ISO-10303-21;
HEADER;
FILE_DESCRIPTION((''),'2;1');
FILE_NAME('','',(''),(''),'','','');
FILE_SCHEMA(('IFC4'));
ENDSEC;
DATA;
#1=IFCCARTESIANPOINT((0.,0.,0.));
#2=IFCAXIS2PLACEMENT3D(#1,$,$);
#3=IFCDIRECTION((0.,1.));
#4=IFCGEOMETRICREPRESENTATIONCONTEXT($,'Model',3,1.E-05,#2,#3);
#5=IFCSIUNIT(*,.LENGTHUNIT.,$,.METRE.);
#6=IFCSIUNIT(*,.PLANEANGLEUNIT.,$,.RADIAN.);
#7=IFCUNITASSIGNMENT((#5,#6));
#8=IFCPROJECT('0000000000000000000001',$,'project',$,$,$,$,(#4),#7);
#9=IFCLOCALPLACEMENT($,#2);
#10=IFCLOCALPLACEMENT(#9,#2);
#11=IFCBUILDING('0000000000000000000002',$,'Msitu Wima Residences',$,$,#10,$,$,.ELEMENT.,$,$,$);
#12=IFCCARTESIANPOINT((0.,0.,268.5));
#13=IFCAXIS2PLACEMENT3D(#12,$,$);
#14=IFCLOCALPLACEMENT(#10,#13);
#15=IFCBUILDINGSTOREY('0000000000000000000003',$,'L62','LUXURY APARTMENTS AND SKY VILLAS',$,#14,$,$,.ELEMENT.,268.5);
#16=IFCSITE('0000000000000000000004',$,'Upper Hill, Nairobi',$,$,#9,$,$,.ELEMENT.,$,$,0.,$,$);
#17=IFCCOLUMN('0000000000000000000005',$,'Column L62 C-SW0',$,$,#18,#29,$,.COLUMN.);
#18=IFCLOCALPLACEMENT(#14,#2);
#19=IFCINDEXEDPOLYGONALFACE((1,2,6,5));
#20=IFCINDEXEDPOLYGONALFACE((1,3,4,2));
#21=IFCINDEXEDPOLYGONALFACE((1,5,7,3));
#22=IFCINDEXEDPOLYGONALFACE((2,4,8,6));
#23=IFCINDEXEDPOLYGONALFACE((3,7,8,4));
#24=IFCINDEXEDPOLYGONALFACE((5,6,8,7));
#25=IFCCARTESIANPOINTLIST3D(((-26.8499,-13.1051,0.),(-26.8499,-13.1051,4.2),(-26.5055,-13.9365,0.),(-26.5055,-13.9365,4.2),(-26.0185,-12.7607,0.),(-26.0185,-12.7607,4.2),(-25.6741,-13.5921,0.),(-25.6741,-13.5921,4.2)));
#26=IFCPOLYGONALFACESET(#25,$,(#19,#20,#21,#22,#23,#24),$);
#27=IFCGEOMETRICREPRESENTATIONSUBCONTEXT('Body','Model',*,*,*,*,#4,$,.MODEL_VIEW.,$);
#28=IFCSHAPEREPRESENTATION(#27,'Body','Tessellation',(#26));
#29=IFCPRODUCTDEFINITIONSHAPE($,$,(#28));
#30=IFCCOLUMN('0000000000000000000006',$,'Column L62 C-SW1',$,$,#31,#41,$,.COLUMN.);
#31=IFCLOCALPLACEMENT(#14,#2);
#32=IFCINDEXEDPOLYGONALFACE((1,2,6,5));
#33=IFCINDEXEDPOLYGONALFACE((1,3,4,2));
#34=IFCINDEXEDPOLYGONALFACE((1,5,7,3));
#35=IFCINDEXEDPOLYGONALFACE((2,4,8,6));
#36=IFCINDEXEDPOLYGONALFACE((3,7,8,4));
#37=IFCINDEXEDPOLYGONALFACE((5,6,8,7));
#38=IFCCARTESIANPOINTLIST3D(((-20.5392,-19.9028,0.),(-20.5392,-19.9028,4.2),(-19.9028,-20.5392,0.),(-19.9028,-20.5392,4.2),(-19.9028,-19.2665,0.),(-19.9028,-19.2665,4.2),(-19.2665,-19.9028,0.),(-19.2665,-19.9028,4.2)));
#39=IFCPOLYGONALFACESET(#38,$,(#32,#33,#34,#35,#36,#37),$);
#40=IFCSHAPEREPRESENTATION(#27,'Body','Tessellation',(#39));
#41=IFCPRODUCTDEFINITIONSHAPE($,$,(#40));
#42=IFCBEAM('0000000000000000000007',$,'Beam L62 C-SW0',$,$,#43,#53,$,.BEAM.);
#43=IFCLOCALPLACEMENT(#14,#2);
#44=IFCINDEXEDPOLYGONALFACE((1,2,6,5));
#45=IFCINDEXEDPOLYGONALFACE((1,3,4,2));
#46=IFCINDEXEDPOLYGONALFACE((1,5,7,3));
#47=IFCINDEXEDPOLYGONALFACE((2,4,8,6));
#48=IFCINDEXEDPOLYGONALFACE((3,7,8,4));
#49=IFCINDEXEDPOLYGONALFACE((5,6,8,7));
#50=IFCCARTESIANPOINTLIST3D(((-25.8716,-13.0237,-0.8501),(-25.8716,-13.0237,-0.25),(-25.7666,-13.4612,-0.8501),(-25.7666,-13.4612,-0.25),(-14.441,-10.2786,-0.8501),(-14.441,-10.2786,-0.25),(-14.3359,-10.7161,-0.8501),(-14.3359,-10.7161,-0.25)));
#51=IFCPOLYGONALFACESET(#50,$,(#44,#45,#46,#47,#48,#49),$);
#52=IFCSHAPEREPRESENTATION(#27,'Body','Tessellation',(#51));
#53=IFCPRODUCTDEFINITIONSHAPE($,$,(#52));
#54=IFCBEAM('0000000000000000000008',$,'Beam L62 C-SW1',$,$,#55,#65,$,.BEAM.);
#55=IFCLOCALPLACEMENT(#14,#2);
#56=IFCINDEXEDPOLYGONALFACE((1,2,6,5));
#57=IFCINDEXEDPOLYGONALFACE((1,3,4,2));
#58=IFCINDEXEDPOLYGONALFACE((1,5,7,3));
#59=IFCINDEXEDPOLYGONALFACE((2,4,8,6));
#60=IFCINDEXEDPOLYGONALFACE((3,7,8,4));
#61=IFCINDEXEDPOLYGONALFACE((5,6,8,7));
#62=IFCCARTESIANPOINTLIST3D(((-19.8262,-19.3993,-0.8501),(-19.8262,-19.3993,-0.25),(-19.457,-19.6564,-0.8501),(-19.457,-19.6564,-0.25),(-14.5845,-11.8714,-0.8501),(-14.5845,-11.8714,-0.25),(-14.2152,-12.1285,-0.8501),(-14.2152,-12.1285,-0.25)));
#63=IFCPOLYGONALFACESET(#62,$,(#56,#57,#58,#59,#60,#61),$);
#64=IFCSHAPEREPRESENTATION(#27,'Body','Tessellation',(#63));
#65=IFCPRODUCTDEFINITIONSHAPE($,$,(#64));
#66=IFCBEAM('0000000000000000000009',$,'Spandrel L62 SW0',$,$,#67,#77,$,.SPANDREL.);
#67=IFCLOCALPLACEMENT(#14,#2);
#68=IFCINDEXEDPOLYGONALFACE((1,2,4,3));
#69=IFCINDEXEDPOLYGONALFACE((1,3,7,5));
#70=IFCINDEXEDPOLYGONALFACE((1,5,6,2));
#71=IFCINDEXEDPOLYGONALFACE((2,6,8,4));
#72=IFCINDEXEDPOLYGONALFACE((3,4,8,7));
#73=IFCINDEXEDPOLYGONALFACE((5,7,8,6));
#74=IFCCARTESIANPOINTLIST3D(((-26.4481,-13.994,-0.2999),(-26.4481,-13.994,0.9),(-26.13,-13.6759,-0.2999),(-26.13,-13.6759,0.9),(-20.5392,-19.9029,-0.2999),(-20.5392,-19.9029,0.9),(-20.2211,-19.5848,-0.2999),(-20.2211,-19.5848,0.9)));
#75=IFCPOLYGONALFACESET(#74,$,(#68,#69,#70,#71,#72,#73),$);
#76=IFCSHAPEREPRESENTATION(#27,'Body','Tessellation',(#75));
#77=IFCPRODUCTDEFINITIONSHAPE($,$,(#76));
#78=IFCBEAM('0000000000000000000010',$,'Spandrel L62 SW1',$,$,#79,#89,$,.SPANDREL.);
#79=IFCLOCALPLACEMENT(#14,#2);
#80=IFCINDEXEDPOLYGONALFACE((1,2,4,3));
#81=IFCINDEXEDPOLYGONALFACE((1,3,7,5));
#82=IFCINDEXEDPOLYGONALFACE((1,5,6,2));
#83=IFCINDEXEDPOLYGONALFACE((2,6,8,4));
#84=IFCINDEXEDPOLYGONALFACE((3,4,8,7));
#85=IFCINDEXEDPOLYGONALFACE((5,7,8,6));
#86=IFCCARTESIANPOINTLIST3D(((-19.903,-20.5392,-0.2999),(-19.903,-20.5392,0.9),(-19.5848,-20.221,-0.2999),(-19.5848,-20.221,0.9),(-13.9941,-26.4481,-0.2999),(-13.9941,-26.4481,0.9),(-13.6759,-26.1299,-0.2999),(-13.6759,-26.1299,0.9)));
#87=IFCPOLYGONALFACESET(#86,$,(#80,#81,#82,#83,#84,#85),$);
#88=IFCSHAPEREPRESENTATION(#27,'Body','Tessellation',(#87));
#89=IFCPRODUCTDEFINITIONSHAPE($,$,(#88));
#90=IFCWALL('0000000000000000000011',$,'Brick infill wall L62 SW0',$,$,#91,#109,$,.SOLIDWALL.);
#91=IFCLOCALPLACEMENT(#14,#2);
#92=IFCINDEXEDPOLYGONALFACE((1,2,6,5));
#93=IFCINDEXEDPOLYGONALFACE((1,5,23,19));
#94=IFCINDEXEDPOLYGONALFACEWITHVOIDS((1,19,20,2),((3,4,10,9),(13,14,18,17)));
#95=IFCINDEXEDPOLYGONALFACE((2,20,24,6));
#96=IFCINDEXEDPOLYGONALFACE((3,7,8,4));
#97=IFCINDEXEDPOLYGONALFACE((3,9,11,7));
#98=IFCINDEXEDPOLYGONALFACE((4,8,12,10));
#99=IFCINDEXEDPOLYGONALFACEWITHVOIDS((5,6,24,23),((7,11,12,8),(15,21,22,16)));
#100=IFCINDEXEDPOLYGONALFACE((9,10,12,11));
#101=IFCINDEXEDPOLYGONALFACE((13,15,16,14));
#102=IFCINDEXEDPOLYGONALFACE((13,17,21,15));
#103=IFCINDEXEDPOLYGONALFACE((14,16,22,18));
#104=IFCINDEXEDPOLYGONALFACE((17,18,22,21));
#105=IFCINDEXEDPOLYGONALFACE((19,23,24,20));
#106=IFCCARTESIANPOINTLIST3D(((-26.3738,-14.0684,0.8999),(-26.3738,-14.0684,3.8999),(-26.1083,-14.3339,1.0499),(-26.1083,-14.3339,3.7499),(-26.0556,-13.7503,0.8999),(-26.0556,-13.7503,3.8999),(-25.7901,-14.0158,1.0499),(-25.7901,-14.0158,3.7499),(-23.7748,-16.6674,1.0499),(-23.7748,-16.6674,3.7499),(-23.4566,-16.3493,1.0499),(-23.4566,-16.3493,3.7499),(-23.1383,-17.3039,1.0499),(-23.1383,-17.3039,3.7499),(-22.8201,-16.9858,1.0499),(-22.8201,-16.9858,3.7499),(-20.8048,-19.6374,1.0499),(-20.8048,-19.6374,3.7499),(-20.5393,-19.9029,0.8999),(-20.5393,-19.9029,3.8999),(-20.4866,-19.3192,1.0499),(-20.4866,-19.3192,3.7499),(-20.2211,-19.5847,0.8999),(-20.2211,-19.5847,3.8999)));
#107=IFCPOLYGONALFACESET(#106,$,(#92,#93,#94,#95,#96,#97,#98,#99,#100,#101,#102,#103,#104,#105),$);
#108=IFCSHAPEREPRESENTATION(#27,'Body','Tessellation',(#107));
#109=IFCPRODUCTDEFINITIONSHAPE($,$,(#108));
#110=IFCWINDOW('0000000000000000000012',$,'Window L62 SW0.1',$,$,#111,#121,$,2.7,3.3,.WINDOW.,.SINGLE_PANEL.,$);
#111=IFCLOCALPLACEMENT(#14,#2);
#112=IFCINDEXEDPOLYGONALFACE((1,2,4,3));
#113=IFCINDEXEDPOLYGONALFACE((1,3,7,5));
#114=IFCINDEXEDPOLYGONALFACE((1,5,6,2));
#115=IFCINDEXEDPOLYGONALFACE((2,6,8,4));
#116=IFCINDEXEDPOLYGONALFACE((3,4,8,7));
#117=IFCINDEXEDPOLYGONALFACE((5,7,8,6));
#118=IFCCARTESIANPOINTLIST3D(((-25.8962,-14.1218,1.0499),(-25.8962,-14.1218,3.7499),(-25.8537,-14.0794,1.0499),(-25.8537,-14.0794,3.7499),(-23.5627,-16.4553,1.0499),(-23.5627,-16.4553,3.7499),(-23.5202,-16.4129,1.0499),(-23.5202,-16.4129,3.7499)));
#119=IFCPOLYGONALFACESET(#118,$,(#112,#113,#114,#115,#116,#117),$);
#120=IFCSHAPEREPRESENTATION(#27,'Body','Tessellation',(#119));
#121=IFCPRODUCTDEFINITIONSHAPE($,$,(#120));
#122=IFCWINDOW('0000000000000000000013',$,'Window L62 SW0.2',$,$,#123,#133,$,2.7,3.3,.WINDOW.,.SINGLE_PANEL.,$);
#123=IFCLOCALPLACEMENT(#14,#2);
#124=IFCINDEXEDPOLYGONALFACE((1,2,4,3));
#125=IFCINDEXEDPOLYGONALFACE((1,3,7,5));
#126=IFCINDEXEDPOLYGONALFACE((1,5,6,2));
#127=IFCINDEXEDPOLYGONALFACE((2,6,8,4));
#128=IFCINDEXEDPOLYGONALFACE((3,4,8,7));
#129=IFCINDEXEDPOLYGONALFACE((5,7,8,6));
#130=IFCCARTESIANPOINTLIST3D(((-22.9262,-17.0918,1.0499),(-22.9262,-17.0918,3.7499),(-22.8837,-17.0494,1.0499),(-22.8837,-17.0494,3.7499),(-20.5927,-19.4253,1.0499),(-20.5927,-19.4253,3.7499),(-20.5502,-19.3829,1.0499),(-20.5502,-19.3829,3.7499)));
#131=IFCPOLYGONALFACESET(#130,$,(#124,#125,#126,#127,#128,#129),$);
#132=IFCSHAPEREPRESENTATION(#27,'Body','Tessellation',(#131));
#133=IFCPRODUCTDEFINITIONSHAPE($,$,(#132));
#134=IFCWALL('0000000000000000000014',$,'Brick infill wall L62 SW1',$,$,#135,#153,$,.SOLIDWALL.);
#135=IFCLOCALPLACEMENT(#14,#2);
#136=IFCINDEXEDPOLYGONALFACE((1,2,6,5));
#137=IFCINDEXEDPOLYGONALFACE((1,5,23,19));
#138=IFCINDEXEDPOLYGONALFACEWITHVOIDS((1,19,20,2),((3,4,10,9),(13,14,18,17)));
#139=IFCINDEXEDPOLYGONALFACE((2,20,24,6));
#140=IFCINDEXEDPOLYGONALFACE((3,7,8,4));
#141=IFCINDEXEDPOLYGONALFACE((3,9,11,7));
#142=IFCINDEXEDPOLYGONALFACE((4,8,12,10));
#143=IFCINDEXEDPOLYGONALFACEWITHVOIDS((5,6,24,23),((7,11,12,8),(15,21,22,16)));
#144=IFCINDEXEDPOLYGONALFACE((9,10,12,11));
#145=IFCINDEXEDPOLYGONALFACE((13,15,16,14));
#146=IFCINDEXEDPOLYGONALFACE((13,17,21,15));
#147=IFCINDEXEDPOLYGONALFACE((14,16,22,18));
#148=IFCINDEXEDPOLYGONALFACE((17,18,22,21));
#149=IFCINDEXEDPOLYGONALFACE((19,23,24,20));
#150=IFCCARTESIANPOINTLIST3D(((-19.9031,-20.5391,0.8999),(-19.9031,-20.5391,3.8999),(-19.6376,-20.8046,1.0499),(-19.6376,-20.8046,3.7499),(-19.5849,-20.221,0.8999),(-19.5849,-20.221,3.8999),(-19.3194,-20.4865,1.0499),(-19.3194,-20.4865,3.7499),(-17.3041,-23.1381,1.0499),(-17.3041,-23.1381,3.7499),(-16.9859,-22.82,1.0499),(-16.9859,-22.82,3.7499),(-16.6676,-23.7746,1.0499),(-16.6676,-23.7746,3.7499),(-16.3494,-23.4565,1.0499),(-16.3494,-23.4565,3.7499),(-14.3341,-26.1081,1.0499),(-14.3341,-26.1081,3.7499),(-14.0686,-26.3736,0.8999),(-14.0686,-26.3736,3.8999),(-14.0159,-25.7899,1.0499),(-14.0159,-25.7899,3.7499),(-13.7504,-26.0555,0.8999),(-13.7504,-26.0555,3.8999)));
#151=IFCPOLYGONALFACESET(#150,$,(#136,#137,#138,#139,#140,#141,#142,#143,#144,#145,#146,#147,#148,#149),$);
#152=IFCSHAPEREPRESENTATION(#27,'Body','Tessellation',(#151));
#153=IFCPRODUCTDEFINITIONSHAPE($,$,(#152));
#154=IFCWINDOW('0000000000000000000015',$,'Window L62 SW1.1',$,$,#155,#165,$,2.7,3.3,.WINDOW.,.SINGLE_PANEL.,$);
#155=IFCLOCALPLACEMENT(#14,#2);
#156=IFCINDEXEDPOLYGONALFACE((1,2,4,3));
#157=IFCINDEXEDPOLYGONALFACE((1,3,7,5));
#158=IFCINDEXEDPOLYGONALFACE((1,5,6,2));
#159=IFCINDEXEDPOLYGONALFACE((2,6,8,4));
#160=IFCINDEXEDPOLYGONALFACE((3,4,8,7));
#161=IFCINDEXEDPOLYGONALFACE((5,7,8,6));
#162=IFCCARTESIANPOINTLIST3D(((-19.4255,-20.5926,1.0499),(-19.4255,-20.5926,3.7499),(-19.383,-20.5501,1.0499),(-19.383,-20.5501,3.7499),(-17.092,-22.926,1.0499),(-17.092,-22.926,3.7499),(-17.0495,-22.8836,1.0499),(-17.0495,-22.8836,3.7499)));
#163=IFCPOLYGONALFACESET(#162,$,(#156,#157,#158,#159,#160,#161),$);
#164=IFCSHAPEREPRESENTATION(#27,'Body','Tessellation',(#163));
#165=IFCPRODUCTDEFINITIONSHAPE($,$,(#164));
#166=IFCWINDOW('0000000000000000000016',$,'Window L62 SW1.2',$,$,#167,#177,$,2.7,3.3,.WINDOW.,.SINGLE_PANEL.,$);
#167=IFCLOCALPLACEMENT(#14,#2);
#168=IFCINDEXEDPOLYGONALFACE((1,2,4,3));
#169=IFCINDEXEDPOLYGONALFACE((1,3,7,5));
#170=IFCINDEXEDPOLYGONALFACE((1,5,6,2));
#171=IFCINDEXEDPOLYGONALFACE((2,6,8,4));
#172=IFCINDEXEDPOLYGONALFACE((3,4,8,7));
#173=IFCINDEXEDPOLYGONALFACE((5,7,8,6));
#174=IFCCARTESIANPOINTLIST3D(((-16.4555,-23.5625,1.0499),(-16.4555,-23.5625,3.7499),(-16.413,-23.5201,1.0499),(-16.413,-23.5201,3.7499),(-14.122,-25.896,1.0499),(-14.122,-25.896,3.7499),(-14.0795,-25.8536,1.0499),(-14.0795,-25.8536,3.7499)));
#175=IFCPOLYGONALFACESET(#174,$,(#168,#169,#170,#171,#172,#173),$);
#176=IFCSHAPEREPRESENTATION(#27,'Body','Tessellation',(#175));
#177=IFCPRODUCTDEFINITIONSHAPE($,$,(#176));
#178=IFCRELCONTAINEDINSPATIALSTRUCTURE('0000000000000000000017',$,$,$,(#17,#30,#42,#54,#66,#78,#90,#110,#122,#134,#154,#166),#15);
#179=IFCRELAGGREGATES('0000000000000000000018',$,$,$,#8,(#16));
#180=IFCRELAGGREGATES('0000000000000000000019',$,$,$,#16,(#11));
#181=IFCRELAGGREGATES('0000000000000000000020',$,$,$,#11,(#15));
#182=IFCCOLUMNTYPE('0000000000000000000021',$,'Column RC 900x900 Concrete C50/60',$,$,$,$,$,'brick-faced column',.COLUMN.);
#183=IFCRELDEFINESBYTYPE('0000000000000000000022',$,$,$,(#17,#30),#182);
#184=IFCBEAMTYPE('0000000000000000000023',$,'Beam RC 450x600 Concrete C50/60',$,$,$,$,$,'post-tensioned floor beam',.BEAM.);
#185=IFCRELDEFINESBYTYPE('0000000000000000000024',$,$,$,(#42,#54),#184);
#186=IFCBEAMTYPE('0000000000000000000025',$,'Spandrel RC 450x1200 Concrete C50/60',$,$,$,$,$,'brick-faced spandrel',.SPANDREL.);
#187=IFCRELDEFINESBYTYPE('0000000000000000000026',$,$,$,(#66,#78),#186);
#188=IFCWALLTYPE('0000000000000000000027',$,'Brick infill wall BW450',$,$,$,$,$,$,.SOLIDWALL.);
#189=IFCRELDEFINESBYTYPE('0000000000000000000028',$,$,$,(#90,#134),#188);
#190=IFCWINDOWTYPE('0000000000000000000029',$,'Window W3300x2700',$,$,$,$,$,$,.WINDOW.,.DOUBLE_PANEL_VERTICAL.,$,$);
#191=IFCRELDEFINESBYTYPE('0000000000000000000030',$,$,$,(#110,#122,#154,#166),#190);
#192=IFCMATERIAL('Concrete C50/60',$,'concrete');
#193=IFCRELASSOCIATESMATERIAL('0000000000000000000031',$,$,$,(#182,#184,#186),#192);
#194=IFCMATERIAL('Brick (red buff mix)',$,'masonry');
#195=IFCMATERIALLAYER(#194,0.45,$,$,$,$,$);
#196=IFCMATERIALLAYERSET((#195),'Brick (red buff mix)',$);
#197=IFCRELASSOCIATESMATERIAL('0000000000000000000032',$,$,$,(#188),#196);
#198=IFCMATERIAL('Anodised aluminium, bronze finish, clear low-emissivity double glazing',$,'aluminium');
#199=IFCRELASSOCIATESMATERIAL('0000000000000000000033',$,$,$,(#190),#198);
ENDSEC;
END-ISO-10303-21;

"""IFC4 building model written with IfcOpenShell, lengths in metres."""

from ifc_helpers import new_model, si_unit, direction, frame, frame_2d, origin, origin_2d, place, context, subcontext, project, spatial, rectangle, extrude, material, layer, layer_set, material_profile, profile_set, type_object, element, fill, save


model = new_model("IFC4")

# Units and contexts
model_context = context("Model", 3, precision=1e-05, world=origin(), true_north=direction((0.0, 1.0)))
body_context = subcontext(model_context, "Body", "Model", "MODEL_VIEW")
ifc_project = project(units=[si_unit("LENGTHUNIT", "METRE"), si_unit("PLANEANGLEUNIT", "RADIAN")], contexts=[model_context])

# Site, building, storey
site_placement = place(None, origin())
site = spatial("IfcSite", under=ifc_project, at=site_placement, Name="Upper Hill, Nairobi", CompositionType="ELEMENT", RefElevation=0.0)
building_placement = place(site_placement, origin())
building = spatial("IfcBuilding", under=site, at=building_placement, Name="Msitu Wima Residences", CompositionType="ELEMENT")
storey_placement = place(building_placement, frame((0.0, 0.0, 268.5)))
storey = spatial("IfcBuildingStorey", under=building, at=storey_placement, Name="L62", Description="LUXURY APARTMENTS AND SKY VILLAS", CompositionType="ELEMENT", Elevation=268.5)

# Columns
ifc_material_1 = material(Name="Concrete C50/60", Category="concrete")
ifc_material_profile_1 = material_profile(ifc_material_1, rectangle(XDim=0.8999, YDim=0.8999, at=origin_2d()), Name="RC 900x900")
ifc_profile_set_1 = profile_set([ifc_material_profile_1], Name="Concrete C50/60")
column_type = type_object("IfcColumnType", Name="Column RC 900x900 Concrete C50/60", ElementType="brick-faced column", PredefinedType="COLUMN", material=ifc_profile_set_1)
for number, where, z_axis, x_axis, name in (
    (1, (-26.262, -13.3486, 0.0), (0.0, 0.0, 1.0), (0.382683, -0.92388, 0.0), "Column L62 C-SW0"),
    (2, (-19.9028, -19.9028, 0.0), (0.0, 0.0, 1.0), (0.707107, -0.707107, 0.0), "Column L62 C-SW1"),
):
    element("IfcColumn", number, at=place(storey_placement, frame(where, z_axis=z_axis, x_axis=x_axis)), inside=storey, type_object=column_type, Name=name, PredefinedType="COLUMN", context=body_context, shape_type="SweptSolid", body=[
        extrude(rectangle(XDim=0.8999, YDim=0.8999, at=origin_2d()), origin(), (0.0, 0.0, 1.0), 4.2),
    ])

# Beams
ifc_material_profile_2 = material_profile(ifc_material_1, rectangle(XDim=0.45, YDim=0.6001, at=origin_2d()), Name="RC 450x600")
ifc_profile_set_2 = profile_set([ifc_material_profile_2], Name="Concrete C50/60")
beam_type_1 = type_object("IfcBeamType", Name="Beam RC 450x600 Concrete C50/60", ElementType="post-tensioned floor beam", PredefinedType="BEAM", material=ifc_profile_set_2)
beam_1_placement = place(storey_placement, frame((-25.8191, -13.2424, -0.55), z_axis=(0.972353, 0.233514, 0.0), x_axis=(-0.233514, 0.972353, 0.0)))
element("IfcBeam", 3, at=beam_1_placement, inside=storey, type_object=beam_type_1, Name="Beam L62 C-SW0", PredefinedType="BEAM", context=body_context, shape_type="SweptSolid", body=[
    extrude(rectangle(XDim=0.45, YDim=0.6001, at=origin_2d()), origin(), (0.0, 0.0, 1.0), 11.7556),
])
beam_2_placement = place(storey_placement, frame((-19.6416, -19.5278, -0.55), z_axis=(0.571428, 0.820652, 0.0), x_axis=(-0.820652, 0.571428, 0.0)))
element("IfcBeam", 4, at=beam_2_placement, inside=storey, type_object=beam_type_1, Name="Beam L62 C-SW1", PredefinedType="BEAM", context=body_context, shape_type="SweptSolid", body=[
    extrude(rectangle(XDim=0.45, YDim=0.6001, at=origin_2d()), origin(), (0.0, 0.0, 1.0), 9.1731),
])
ifc_material_profile_3 = material_profile(ifc_material_1, rectangle(XDim=0.45, YDim=1.2, at=origin_2d()), Name="RC 450x1200")
ifc_profile_set_3 = profile_set([ifc_material_profile_3], Name="Concrete C50/60")
beam_type_2 = type_object("IfcBeamType", Name="Spandrel RC 450x1200 Concrete C50/60", ElementType="brick-faced spandrel", PredefinedType="SPANDREL", material=ifc_profile_set_3)
for number, where, z_axis, x_axis, name in (
    (5, (-26.2891, -13.835, 0.3), (0.707107, -0.707107, 0.0), (0.707107, 0.707107, 0.0), "Spandrel L62 SW0"),
    (6, (-19.7439, -20.3801, 0.3), (0.707107, -0.707107, 0.0), (0.707107, 0.707107, 0.0), "Spandrel L62 SW1"),
):
    element("IfcBeam", number, at=place(storey_placement, frame(where, z_axis=z_axis, x_axis=x_axis)), inside=storey, type_object=beam_type_2, Name=name, PredefinedType="SPANDREL", context=body_context, shape_type="SweptSolid", body=[
        extrude(rectangle(XDim=0.45, YDim=1.2, at=origin_2d()), origin(), (0.0, 0.0, 1.0), 8.3564),
    ])

# Walls, openings, windows
ifc_material_2 = material(Name="Brick (red buff mix)", Category="masonry")
ifc_layer_1 = layer(ifc_material_2, 0.45)
ifc_layer_set_1 = layer_set([ifc_layer_1], Name="Brick (red buff mix)")
wall_type_1 = type_object("IfcWallType", Name="Brick infill wall BW450", PredefinedType="SOLIDWALL", material=ifc_layer_set_1)
wall_1_placement = place(storey_placement, frame((-26.2146, -13.9094, 0.8999), z_axis=(0.0, 0.0, 1.0), x_axis=(0.707107, -0.707107, 0.0)))
wall_1 = element("IfcWall", 7, at=wall_1_placement, inside=storey, type_object=wall_type_1, Name="Brick infill wall L62 SW0", PredefinedType="SOLIDWALL", context=body_context, shape_type="SweptSolid", body=[
    extrude(rectangle(XDim=8.2512, YDim=0.45, at=frame_2d((4.1255, 0.0))), origin(), (0.0, 0.0, 1.0), 3.0),
])
opening_1_placement = place(wall_1_placement, frame((0.3755, 0.0, 0.1499)))
opening_1 = element("IfcOpeningElement", 8, at=opening_1_placement, cuts=wall_1, PredefinedType="OPENING", context=body_context, shape_type="SweptSolid", body=[
    extrude(rectangle(XDim=3.3, YDim=2.7, at=frame_2d((1.6499, 1.3501))), frame((0.0, 0.2349, 0.0), z_axis=(0.0, -1.0, 0.0), x_axis=(1.0, 0.0, 0.0)), (0.0, 0.0, 1.0), 0.47),
])
opening_2_placement = place(wall_1_placement, frame((4.5757, 0.0, 0.1499)))
opening_2 = element("IfcOpeningElement", 9, at=opening_2_placement, cuts=wall_1, PredefinedType="OPENING", context=body_context, shape_type="SweptSolid", body=[
    extrude(rectangle(XDim=3.3, YDim=2.7, at=frame_2d((1.6499, 1.3501))), frame((0.0, 0.2349, 0.0), z_axis=(0.0, -1.0, 0.0), x_axis=(1.0, 0.0, 0.0)), (0.0, 0.0, 1.0), 0.47),
])
ifc_material_3 = material(Name="Anodised aluminium, bronze finish, clear low-emissivity double glazing", Category="aluminium")
window_type = type_object("IfcWindowType", Name="Window W3300x2700", PartitioningType="DOUBLE_PANEL_VERTICAL", PredefinedType="WINDOW", material=ifc_material_3)
window_1_placement = place(opening_1_placement, origin())
window_1 = element("IfcWindow", 10, at=window_1_placement, inside=storey, type_object=window_type, Name="Window L62 SW0.1", OverallHeight=2.7, OverallWidth=3.3, PartitioningType="SINGLE_PANEL", PredefinedType="WINDOW", context=body_context, shape_type="SweptSolid", body=[
    extrude(rectangle(XDim=3.3, YDim=2.7, at=frame_2d((1.6499, 1.3501))), frame((0.0, 0.135, 0.0), z_axis=(0.0, -1.0, 0.0), x_axis=(1.0, 0.0, 0.0)), (0.0, 0.0, 1.0), 0.0601),
])
fill(opening_1, window_1)
window_2_placement = place(opening_2_placement, origin())
window_2 = element("IfcWindow", 11, at=window_2_placement, inside=storey, type_object=window_type, Name="Window L62 SW0.2", OverallHeight=2.7, OverallWidth=3.3, PartitioningType="SINGLE_PANEL", PredefinedType="WINDOW", context=body_context, shape_type="SweptSolid", body=[
    extrude(rectangle(XDim=3.3, YDim=2.7, at=frame_2d((1.6499, 1.3501))), frame((0.0, 0.135, 0.0), z_axis=(0.0, -1.0, 0.0), x_axis=(1.0, 0.0, 0.0)), (0.0, 0.0, 1.0), 0.0601),
])
fill(opening_2, window_2)
wall_2_placement = place(storey_placement, frame((-19.7439, -20.3801, 0.8999), z_axis=(0.0, 0.0, 1.0), x_axis=(0.707107, -0.707107, 0.0)))
wall_2 = element("IfcWall", 12, at=wall_2_placement, inside=storey, type_object=wall_type_1, Name="Brick infill wall L62 SW1", PredefinedType="SOLIDWALL", context=body_context, shape_type="SweptSolid", body=[
    extrude(rectangle(XDim=8.2512, YDim=0.45, at=frame_2d((4.1255, 0.0))), origin(), (0.0, 0.0, 1.0), 3.0),
])
opening_3_placement = place(wall_2_placement, frame((0.3755, 0.0, 0.1499)))
opening_3 = element("IfcOpeningElement", 13, at=opening_3_placement, cuts=wall_2, PredefinedType="OPENING", context=body_context, shape_type="SweptSolid", body=[
    extrude(rectangle(XDim=3.3, YDim=2.7, at=frame_2d((1.6499, 1.3501))), frame((0.0, 0.2349, 0.0), z_axis=(0.0, -1.0, 0.0), x_axis=(1.0, 0.0, 0.0)), (0.0, 0.0, 1.0), 0.47),
])
opening_4_placement = place(wall_2_placement, frame((4.5757, 0.0, 0.1499)))
opening_4 = element("IfcOpeningElement", 14, at=opening_4_placement, cuts=wall_2, PredefinedType="OPENING", context=body_context, shape_type="SweptSolid", body=[
    extrude(rectangle(XDim=3.3, YDim=2.7, at=frame_2d((1.6499, 1.3501))), frame((0.0, 0.2349, 0.0), z_axis=(0.0, -1.0, 0.0), x_axis=(1.0, 0.0, 0.0)), (0.0, 0.0, 1.0), 0.47),
])
window_3_placement = place(opening_3_placement, origin())
window_3 = element("IfcWindow", 15, at=window_3_placement, inside=storey, type_object=window_type, Name="Window L62 SW1.1", OverallHeight=2.7, OverallWidth=3.3, PartitioningType="SINGLE_PANEL", PredefinedType="WINDOW", context=body_context, shape_type="SweptSolid", body=[
    extrude(rectangle(XDim=3.3, YDim=2.7, at=frame_2d((1.6499, 1.3501))), frame((0.0, 0.135, 0.0), z_axis=(0.0, -1.0, 0.0), x_axis=(1.0, 0.0, 0.0)), (0.0, 0.0, 1.0), 0.0601),
])
fill(opening_3, window_3)
window_4_placement = place(opening_4_placement, origin())
window_4 = element("IfcWindow", 16, at=window_4_placement, inside=storey, type_object=window_type, Name="Window L62 SW1.2", OverallHeight=2.7, OverallWidth=3.3, PartitioningType="SINGLE_PANEL", PredefinedType="WINDOW", context=body_context, shape_type="SweptSolid", body=[
    extrude(rectangle(XDim=3.3, YDim=2.7, at=frame_2d((1.6499, 1.3501))), frame((0.0, 0.135, 0.0), z_axis=(0.0, -1.0, 0.0), x_axis=(1.0, 0.0, 0.0)), (0.0, 0.0, 1.0), 0.0601),
])
fill(opening_4, window_4)

save(model, "model.ifc")
